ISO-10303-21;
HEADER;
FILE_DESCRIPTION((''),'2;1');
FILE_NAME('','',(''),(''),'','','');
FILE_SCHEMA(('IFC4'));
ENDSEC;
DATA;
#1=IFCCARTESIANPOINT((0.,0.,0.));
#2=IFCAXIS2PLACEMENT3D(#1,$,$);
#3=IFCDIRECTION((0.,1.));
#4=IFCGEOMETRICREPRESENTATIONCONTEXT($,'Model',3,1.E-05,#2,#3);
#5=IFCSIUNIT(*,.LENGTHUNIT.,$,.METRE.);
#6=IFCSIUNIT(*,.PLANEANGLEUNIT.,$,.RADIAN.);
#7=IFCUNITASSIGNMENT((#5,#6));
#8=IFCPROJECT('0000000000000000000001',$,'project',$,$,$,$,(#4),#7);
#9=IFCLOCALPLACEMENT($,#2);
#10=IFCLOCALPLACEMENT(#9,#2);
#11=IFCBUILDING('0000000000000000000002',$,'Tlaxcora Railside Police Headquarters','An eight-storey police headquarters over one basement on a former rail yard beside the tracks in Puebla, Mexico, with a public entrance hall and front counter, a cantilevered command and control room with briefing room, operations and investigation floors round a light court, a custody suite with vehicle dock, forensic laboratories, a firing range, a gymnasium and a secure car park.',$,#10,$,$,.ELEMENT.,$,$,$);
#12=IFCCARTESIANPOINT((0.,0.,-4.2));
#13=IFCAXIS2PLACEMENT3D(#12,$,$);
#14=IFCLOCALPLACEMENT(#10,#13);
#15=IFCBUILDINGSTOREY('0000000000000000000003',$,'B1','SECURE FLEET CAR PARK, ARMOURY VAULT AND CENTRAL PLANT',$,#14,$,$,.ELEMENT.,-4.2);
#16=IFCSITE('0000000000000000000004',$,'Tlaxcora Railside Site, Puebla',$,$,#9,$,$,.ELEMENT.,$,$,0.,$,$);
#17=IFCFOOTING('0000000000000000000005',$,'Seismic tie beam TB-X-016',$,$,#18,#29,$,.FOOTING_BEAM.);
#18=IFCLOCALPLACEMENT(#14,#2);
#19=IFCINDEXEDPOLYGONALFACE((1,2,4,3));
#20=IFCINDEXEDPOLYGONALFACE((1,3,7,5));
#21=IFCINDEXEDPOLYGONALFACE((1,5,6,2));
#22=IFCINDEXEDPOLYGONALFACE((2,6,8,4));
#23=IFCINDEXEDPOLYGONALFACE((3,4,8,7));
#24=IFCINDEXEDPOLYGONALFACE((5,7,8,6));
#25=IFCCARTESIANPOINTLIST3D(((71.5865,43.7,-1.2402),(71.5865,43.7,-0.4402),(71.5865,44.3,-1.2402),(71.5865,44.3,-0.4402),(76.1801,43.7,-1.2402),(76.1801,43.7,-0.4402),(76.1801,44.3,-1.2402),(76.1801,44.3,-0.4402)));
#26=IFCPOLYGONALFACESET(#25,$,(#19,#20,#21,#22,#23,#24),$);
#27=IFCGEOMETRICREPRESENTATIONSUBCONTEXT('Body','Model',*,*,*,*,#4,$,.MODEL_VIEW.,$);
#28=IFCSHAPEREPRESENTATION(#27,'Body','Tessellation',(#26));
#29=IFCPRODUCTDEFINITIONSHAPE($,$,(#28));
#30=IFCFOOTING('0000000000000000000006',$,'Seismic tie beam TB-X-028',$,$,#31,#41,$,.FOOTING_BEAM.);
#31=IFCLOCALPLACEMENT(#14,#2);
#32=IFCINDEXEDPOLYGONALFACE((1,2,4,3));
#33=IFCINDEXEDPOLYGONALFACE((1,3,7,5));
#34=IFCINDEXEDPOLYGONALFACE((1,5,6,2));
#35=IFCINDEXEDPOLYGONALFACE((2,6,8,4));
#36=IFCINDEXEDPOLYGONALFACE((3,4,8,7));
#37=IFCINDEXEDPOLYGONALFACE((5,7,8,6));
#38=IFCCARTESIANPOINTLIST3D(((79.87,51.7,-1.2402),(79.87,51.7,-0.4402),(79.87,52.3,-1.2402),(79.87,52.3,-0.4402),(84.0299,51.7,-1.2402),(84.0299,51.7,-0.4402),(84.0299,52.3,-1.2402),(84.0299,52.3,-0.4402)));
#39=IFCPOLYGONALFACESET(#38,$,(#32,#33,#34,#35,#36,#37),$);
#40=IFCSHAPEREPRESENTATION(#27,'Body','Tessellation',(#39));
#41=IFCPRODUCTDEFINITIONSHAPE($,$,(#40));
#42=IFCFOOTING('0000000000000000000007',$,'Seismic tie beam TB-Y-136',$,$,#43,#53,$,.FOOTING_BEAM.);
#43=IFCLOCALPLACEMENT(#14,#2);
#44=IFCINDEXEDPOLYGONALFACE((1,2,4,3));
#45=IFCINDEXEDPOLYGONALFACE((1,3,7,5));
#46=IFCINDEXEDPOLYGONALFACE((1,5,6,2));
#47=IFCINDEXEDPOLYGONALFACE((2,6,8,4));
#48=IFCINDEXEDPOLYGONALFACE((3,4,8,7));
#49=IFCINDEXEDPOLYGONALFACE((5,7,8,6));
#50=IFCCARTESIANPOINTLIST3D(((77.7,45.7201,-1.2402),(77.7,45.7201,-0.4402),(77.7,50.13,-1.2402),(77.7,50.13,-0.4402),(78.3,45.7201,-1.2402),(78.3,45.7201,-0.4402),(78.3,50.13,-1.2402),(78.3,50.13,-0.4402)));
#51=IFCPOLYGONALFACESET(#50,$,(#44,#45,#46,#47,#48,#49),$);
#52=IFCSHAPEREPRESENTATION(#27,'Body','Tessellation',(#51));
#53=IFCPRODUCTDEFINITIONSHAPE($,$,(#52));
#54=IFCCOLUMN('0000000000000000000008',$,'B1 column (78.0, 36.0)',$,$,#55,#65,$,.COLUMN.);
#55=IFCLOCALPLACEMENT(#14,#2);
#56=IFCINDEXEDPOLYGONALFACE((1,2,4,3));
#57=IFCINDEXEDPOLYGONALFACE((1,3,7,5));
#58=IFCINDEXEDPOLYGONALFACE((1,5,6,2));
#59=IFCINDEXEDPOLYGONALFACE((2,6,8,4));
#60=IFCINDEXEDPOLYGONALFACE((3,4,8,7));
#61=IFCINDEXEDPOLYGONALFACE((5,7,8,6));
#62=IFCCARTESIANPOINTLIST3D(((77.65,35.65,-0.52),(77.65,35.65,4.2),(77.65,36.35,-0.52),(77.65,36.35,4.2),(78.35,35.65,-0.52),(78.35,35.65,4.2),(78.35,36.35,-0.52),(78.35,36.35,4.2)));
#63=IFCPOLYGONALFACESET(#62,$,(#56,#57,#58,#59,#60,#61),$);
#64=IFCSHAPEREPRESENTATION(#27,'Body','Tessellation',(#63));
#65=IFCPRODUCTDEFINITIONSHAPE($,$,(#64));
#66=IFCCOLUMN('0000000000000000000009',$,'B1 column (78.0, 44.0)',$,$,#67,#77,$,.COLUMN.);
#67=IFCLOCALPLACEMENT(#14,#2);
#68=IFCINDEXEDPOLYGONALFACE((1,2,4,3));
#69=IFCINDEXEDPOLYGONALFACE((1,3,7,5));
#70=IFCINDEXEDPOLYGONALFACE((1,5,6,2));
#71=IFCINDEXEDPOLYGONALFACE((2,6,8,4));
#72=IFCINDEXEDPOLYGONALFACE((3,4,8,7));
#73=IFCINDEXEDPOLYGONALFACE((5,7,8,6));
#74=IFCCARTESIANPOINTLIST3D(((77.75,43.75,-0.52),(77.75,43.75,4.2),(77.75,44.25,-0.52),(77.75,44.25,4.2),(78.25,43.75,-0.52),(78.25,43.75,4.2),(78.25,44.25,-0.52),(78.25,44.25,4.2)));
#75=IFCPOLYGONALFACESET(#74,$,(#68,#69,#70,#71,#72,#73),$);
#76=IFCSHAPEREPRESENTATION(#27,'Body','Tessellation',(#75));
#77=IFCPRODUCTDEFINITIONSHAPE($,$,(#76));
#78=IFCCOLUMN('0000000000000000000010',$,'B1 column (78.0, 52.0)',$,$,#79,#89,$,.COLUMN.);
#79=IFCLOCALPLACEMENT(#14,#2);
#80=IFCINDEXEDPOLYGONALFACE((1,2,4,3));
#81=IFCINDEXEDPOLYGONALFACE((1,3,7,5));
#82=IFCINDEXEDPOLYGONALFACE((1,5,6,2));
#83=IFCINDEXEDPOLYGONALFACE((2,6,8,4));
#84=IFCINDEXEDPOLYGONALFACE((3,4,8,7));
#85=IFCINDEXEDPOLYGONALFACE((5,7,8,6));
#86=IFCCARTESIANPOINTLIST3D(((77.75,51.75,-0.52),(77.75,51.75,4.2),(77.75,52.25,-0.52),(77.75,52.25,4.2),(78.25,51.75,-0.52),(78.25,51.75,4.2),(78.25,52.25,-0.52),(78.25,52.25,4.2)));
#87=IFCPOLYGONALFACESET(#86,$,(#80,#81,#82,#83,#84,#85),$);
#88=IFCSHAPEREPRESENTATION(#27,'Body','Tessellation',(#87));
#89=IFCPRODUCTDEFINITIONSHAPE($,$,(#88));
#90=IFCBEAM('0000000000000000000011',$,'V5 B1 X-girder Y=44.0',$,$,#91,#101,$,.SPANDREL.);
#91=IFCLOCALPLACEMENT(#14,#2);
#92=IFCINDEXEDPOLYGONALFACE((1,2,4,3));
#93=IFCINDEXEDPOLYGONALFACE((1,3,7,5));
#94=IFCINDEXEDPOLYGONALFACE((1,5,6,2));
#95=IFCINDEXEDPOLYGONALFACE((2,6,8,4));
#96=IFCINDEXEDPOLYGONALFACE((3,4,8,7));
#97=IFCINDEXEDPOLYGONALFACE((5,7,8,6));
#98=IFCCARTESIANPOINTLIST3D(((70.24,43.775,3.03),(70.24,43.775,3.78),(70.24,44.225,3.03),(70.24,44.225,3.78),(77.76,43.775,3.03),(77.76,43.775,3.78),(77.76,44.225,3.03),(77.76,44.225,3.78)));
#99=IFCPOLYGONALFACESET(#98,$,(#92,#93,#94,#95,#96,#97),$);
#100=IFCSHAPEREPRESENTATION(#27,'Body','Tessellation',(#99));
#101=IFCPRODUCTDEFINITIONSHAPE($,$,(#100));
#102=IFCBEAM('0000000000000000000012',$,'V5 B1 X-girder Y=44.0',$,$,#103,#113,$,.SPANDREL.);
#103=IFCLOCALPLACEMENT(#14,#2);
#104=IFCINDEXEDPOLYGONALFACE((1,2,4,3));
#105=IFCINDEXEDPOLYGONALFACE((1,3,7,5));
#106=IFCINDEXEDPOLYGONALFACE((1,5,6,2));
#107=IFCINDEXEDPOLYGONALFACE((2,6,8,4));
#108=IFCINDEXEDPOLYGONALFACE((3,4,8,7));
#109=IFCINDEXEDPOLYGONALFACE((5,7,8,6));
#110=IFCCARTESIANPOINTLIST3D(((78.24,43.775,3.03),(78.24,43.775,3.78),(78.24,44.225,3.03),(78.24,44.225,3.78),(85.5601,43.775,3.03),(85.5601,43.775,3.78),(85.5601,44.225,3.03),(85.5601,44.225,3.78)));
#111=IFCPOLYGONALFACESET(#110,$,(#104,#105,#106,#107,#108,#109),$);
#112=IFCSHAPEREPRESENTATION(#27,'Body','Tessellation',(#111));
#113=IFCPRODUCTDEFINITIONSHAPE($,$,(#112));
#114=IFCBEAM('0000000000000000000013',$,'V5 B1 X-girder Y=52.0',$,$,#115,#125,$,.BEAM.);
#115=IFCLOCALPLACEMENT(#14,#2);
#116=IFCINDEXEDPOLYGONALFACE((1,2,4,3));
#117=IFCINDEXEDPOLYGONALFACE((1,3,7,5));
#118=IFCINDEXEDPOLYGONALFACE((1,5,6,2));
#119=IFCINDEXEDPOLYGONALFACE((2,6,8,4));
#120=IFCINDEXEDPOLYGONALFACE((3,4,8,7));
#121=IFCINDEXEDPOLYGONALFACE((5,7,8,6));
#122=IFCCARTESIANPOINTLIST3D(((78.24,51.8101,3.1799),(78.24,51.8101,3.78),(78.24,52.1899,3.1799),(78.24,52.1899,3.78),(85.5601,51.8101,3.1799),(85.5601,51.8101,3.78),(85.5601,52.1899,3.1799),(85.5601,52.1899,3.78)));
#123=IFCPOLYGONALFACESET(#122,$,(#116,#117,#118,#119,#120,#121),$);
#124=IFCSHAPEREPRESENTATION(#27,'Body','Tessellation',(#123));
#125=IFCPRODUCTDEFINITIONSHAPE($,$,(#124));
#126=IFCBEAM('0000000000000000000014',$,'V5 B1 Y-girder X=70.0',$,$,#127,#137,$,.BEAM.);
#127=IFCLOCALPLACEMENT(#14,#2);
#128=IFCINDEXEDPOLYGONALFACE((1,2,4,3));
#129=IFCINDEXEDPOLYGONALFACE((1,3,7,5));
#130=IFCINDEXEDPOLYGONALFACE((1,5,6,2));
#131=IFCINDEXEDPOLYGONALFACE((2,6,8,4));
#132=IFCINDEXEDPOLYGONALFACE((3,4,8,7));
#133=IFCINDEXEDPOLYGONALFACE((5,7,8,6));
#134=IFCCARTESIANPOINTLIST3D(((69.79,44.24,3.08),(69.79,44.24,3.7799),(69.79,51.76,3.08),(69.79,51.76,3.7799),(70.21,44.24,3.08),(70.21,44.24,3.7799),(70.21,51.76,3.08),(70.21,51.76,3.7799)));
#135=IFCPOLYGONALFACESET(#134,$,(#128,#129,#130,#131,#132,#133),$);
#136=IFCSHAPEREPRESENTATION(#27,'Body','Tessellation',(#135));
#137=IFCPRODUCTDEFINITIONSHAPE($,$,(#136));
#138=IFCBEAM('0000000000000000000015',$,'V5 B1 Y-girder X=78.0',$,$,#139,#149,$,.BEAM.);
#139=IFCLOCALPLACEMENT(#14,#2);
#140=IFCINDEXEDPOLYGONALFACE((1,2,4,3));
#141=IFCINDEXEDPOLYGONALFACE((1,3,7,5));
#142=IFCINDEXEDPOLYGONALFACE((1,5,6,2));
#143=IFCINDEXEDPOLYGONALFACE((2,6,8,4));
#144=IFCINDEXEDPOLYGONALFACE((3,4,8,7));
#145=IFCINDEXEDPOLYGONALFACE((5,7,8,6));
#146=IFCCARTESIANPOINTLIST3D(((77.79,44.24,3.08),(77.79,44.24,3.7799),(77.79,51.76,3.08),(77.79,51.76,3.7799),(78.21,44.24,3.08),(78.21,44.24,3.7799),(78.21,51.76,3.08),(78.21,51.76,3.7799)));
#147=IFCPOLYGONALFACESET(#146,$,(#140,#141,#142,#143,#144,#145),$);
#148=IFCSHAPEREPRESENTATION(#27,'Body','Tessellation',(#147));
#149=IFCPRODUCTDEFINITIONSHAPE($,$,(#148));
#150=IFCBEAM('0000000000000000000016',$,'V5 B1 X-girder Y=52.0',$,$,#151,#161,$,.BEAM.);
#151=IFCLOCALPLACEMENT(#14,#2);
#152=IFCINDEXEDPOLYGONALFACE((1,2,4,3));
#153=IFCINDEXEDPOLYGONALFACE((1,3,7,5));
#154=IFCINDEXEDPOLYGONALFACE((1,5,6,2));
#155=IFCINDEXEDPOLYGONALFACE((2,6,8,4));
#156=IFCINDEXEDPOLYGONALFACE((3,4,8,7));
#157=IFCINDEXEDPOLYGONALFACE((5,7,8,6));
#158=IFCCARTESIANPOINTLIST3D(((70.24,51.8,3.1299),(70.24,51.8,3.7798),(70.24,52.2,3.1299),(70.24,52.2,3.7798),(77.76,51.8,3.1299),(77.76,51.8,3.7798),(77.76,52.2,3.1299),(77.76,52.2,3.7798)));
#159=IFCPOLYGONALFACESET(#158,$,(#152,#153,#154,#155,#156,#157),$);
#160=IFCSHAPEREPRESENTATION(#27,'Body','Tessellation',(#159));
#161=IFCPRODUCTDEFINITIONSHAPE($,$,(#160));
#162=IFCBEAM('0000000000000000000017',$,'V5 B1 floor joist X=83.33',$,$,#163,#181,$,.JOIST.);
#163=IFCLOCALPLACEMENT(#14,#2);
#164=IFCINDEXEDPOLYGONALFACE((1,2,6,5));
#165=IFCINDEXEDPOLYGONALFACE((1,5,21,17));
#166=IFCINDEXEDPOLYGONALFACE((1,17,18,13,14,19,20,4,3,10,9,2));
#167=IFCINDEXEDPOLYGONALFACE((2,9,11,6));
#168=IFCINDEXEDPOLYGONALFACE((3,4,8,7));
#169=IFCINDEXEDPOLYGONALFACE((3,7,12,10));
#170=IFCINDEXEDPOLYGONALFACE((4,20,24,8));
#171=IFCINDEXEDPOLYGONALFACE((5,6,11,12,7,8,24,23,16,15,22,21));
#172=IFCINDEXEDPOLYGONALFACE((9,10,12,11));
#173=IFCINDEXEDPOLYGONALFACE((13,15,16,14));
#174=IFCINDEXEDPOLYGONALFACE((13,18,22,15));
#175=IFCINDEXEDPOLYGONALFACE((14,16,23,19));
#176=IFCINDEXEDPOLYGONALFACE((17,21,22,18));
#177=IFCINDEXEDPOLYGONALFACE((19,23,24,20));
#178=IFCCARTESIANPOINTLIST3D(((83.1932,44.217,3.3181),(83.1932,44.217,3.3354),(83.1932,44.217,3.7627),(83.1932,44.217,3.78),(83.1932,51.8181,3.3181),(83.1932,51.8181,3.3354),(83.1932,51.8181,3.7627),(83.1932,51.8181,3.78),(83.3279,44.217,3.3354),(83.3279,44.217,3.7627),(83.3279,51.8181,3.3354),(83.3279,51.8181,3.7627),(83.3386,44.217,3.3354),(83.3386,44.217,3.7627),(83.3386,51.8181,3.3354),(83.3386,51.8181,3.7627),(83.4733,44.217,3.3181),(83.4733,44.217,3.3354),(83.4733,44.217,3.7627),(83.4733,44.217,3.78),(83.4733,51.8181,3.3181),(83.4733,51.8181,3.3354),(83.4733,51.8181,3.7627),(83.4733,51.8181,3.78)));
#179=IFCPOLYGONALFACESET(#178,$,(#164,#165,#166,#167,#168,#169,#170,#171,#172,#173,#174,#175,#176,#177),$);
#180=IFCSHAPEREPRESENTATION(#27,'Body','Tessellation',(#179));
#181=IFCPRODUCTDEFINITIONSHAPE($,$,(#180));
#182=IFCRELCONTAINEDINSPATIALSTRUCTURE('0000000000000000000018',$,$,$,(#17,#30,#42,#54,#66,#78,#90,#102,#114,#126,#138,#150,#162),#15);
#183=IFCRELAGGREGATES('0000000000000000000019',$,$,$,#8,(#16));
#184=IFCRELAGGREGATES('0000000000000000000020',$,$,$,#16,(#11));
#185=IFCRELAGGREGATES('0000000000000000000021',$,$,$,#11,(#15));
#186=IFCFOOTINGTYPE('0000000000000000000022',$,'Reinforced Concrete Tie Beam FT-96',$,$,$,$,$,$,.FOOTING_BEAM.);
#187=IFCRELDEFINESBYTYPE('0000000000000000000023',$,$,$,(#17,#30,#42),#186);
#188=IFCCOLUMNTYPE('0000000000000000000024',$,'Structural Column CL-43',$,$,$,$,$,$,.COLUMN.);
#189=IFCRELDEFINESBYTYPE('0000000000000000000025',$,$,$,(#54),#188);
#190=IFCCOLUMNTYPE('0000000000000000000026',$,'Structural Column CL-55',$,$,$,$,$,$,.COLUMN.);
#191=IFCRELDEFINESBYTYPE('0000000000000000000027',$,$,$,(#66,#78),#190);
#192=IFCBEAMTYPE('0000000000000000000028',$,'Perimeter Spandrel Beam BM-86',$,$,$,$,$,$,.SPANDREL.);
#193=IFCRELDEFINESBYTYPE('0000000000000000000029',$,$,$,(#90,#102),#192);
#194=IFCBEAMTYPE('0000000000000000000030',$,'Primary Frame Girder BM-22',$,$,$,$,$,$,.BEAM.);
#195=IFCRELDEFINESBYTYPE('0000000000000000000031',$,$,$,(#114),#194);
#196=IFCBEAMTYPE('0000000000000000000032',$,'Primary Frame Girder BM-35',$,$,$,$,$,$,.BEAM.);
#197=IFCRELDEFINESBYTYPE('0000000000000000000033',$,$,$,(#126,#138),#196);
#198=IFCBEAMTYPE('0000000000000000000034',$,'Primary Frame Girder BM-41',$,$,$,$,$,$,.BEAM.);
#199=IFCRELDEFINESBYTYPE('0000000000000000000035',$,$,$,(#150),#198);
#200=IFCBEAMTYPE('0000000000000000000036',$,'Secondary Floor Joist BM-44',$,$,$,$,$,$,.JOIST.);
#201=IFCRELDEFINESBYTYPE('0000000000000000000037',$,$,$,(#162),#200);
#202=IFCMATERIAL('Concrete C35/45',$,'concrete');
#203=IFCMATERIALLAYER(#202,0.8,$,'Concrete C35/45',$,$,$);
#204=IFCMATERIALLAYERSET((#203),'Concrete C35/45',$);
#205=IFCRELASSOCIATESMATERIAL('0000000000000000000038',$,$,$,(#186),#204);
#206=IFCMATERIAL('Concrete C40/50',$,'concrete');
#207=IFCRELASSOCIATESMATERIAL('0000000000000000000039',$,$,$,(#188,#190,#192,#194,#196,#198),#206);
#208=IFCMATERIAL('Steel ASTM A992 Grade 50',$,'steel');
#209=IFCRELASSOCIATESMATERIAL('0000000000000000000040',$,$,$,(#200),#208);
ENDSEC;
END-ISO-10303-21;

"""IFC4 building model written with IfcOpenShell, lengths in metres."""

from ifc_helpers import new_model, si_unit, direction, frame, origin, origin_2d, place, context, subcontext, project, spatial, rectangle, i_section, extrude, material, layer, layer_set, material_profile, profile_set, type_object, element, save


model = new_model("IFC4")

# Units and contexts
model_context = context("Model", 3, precision=1e-05, world=origin(), true_north=direction((0.0, 1.0)))
body_context = subcontext(model_context, "Body", "Model", "MODEL_VIEW")
ifc_project = project(units=[si_unit("LENGTHUNIT", "METRE"), si_unit("PLANEANGLEUNIT", "RADIAN")], contexts=[model_context])

# Site, building, storey
site_placement = place(None, origin())
site = spatial("IfcSite", under=ifc_project, at=site_placement, Name="Tlaxcora Railside Site, Puebla", CompositionType="ELEMENT", RefElevation=0.0)
building_placement = place(site_placement, origin())
building = spatial("IfcBuilding", under=site, at=building_placement, Name="Tlaxcora Railside Police Headquarters", Description="An eight-storey police headquarters over one basement on a former rail yard beside the tracks in Puebla, Mexico, with a public entrance hall and front counter, a cantilevered command and control room with briefing room, operations and investigation floors round a light court, a custody suite with vehicle dock, forensic laboratories, a firing range, a gymnasium and a secure car park.", CompositionType="ELEMENT")
storey_placement = place(building_placement, frame((0.0, 0.0, -4.2)))
storey = spatial("IfcBuildingStorey", under=building, at=storey_placement, Name="B1", Description="SECURE FLEET CAR PARK, ARMOURY VAULT AND CENTRAL PLANT", CompositionType="ELEMENT", Elevation=-4.2)

# Shared definitions
ifc_material_1 = material(Name="Concrete C35/45", Category="concrete")

# Footings
ifc_material_2 = material(Name="Concrete C40/50", Category="concrete")
ifc_layer_1 = layer(ifc_material_1, 0.8, Name="Concrete C35/45")
ifc_layer_set_1 = layer_set([ifc_layer_1], Name="Concrete C35/45")
footing_type_1 = type_object("IfcFootingType", Name="Reinforced Concrete Tie Beam FT-96", PredefinedType="FOOTING_BEAM", material=ifc_layer_set_1)
footing_1_placement = place(storey_placement, frame((73.8833, 44.0, -1.2402), z_axis=(0.0, 0.0, 1.0), x_axis=(1.0, 0.0, 0.0)))
element("IfcFooting", 1, at=footing_1_placement, inside=storey, type_object=footing_type_1, Name="Seismic tie beam TB-X-016", PredefinedType="FOOTING_BEAM", context=body_context, shape_type="SweptSolid", body=[
    extrude(rectangle(XDim=4.5935, YDim=0.6001, at=origin_2d()), origin(), (0.0, 0.0, 1.0), 0.8),
])
footing_2_placement = place(storey_placement, frame((81.95, 52.0, -1.2402), z_axis=(0.0, 0.0, 1.0), x_axis=(1.0, 0.0, 0.0)))
element("IfcFooting", 2, at=footing_2_placement, inside=storey, type_object=footing_type_1, Name="Seismic tie beam TB-X-028", PredefinedType="FOOTING_BEAM", context=body_context, shape_type="SweptSolid", body=[
    extrude(rectangle(XDim=4.1599, YDim=0.6001, at=origin_2d()), origin(), (0.0, 0.0, 1.0), 0.8),
])
footing_3_placement = place(storey_placement, frame((78.0, 47.925, -1.2402), z_axis=(0.0, 0.0, 1.0), x_axis=(0.0, 1.0, 0.0)))
element("IfcFooting", 3, at=footing_3_placement, inside=storey, type_object=footing_type_1, Name="Seismic tie beam TB-Y-136", PredefinedType="FOOTING_BEAM", context=body_context, shape_type="SweptSolid", body=[
    extrude(rectangle(XDim=4.4099, YDim=0.6001, at=origin_2d()), origin(), (0.0, 0.0, 1.0), 0.8),
])

# Columns
ifc_material_profile_1 = material_profile(ifc_material_2, rectangle(XDim=0.7, YDim=0.7, at=origin_2d()), Name="RC700X700")
ifc_profile_set_1 = profile_set([ifc_material_profile_1], Name="Concrete C40/50")
column_type_1 = type_object("IfcColumnType", Name="Structural Column CL-43", PredefinedType="COLUMN", material=ifc_profile_set_1)
column_placement = place(storey_placement, frame((78.0, 36.0, -0.52), z_axis=(0.0, 0.0, 1.0), x_axis=(1.0, 0.0, 0.0)))
element("IfcColumn", 4, at=column_placement, inside=storey, type_object=column_type_1, Name="B1 column (78.0, 36.0)", PredefinedType="COLUMN", context=body_context, shape_type="SweptSolid", body=[
    extrude(rectangle(XDim=0.7, YDim=0.7, at=origin_2d()), origin(), (0.0, 0.0, 1.0), 4.72),
])
ifc_material_profile_2 = material_profile(ifc_material_2, rectangle(XDim=0.5, YDim=0.5, at=origin_2d()), Name="RC500X500")
ifc_profile_set_2 = profile_set([ifc_material_profile_2], Name="Concrete C40/50")
column_type_2 = type_object("IfcColumnType", Name="Structural Column CL-55", PredefinedType="COLUMN", material=ifc_profile_set_2)
for number, where, z_axis, x_axis, name in (
    (5, (78.0, 44.0, -0.52), (0.0, 0.0, 1.0), (1.0, 0.0, 0.0), "B1 column (78.0, 44.0)"),
    (6, (78.0, 52.0, -0.52), (0.0, 0.0, 1.0), (1.0, 0.0, 0.0), "B1 column (78.0, 52.0)"),
):
    element("IfcColumn", number, at=place(storey_placement, frame(where, z_axis=z_axis, x_axis=x_axis)), inside=storey, type_object=column_type_2, Name=name, PredefinedType="COLUMN", context=body_context, shape_type="SweptSolid", body=[
        extrude(rectangle(XDim=0.5, YDim=0.5, at=origin_2d()), origin(), (0.0, 0.0, 1.0), 4.72),
    ])

# Beams
ifc_material_profile_3 = material_profile(ifc_material_2, rectangle(XDim=0.45, YDim=0.75, at=origin_2d()), Name="RC450X750")
ifc_profile_set_3 = profile_set([ifc_material_profile_3], Name="Concrete C40/50")
beam_type_1 = type_object("IfcBeamType", Name="Perimeter Spandrel Beam BM-86", PredefinedType="SPANDREL", material=ifc_profile_set_3)
beam_1_placement = place(storey_placement, frame((70.24, 44.0, 3.405), z_axis=(1.0, 0.0, 0.0), x_axis=(0.0, 1.0, 0.0)))
element("IfcBeam", 7, at=beam_1_placement, inside=storey, type_object=beam_type_1, Name="V5 B1 X-girder Y=44.0", PredefinedType="SPANDREL", context=body_context, shape_type="SweptSolid", body=[
    extrude(rectangle(XDim=0.45, YDim=0.75, at=origin_2d()), origin(), (0.0, 0.0, 1.0), 7.52),
])
beam_2_placement = place(storey_placement, frame((78.24, 44.0, 3.405), z_axis=(1.0, 0.0, 0.0), x_axis=(0.0, 1.0, 0.0)))
element("IfcBeam", 8, at=beam_2_placement, inside=storey, type_object=beam_type_1, Name="V5 B1 X-girder Y=44.0", PredefinedType="SPANDREL", context=body_context, shape_type="SweptSolid", body=[
    extrude(rectangle(XDim=0.45, YDim=0.75, at=origin_2d()), origin(), (0.0, 0.0, 1.0), 7.3201),
])
ifc_material_profile_4 = material_profile(ifc_material_2, rectangle(XDim=0.3799, YDim=0.6001, at=origin_2d()), Name="RC380X600")
ifc_profile_set_4 = profile_set([ifc_material_profile_4], Name="Concrete C40/50")
beam_type_2 = type_object("IfcBeamType", Name="Primary Frame Girder BM-22", PredefinedType="BEAM", material=ifc_profile_set_4)
beam_3_placement = place(storey_placement, frame((78.24, 52.0, 3.48), z_axis=(1.0, 0.0, 0.0), x_axis=(0.0, 1.0, 0.0)))
element("IfcBeam", 9, at=beam_3_placement, inside=storey, type_object=beam_type_2, Name="V5 B1 X-girder Y=52.0", PredefinedType="BEAM", context=body_context, shape_type="SweptSolid", body=[
    extrude(rectangle(XDim=0.3799, YDim=0.6001, at=origin_2d()), origin(), (0.0, 0.0, 1.0), 7.3201),
])
ifc_material_profile_5 = material_profile(ifc_material_2, rectangle(XDim=0.4199, YDim=0.7, at=origin_2d()), Name="RC420X700")
ifc_profile_set_5 = profile_set([ifc_material_profile_5], Name="Concrete C40/50")
beam_type_3 = type_object("IfcBeamType", Name="Primary Frame Girder BM-35", PredefinedType="BEAM", material=ifc_profile_set_5)
for number, where, z_axis, x_axis, name in (
    (10, (70.0, 44.24, 3.4299), (0.0, 1.0, 0.0), (-1.0, 0.0, 0.0), "V5 B1 Y-girder X=70.0"),
    (11, (78.0, 44.24, 3.4299), (0.0, 1.0, 0.0), (-1.0, 0.0, 0.0), "V5 B1 Y-girder X=78.0"),
):
    element("IfcBeam", number, at=place(storey_placement, frame(where, z_axis=z_axis, x_axis=x_axis)), inside=storey, type_object=beam_type_3, Name=name, PredefinedType="BEAM", context=body_context, shape_type="SweptSolid", body=[
        extrude(rectangle(XDim=0.4199, YDim=0.7, at=origin_2d()), origin(), (0.0, 0.0, 1.0), 7.52),
    ])
ifc_material_profile_6 = material_profile(ifc_material_2, rectangle(XDim=0.3999, YDim=0.6499, at=origin_2d()), Name="RC400X650")
ifc_profile_set_6 = profile_set([ifc_material_profile_6], Name="Concrete C40/50")
beam_type_4 = type_object("IfcBeamType", Name="Primary Frame Girder BM-41", PredefinedType="BEAM", material=ifc_profile_set_6)
beam_4_placement = place(storey_placement, frame((70.24, 52.0, 3.4548), z_axis=(1.0, 0.0, 0.0), x_axis=(0.0, 1.0, 0.0)))
element("IfcBeam", 12, at=beam_4_placement, inside=storey, type_object=beam_type_4, Name="V5 B1 X-girder Y=52.0", PredefinedType="BEAM", context=body_context, shape_type="SweptSolid", body=[
    extrude(rectangle(XDim=0.3999, YDim=0.6499, at=origin_2d()), origin(), (0.0, 0.0, 1.0), 7.52),
])
ifc_material_3 = material(Name="Steel ASTM A992 Grade 50", Category="steel")
ifc_material_profile_7 = material_profile(ifc_material_3, i_section(OverallWidth=0.28, OverallDepth=0.4619, WebThickness=0.0107, FlangeThickness=0.0173, at=origin_2d()), Name="W18X76")
ifc_profile_set_7 = profile_set([ifc_material_profile_7], Name="Steel ASTM A992 Grade 50")
beam_type_5 = type_object("IfcBeamType", Name="Secondary Floor Joist BM-44", PredefinedType="JOIST", material=ifc_profile_set_7)
beam_5_placement = place(storey_placement, frame((83.3333, 44.217, 3.5491), z_axis=(0.0, 1.0, 0.0), x_axis=(-1.0, 0.0, 0.0)))
element("IfcBeam", 13, at=beam_5_placement, inside=storey, type_object=beam_type_5, Name="V5 B1 floor joist X=83.33", PredefinedType="JOIST", context=body_context, shape_type="SweptSolid", body=[
    extrude(i_section(OverallWidth=0.28, OverallDepth=0.4619, WebThickness=0.0107, FlangeThickness=0.0173, at=origin_2d()), origin(), (0.0, 0.0, 1.0), 7.6011),
])

save(model, "model.ifc")
